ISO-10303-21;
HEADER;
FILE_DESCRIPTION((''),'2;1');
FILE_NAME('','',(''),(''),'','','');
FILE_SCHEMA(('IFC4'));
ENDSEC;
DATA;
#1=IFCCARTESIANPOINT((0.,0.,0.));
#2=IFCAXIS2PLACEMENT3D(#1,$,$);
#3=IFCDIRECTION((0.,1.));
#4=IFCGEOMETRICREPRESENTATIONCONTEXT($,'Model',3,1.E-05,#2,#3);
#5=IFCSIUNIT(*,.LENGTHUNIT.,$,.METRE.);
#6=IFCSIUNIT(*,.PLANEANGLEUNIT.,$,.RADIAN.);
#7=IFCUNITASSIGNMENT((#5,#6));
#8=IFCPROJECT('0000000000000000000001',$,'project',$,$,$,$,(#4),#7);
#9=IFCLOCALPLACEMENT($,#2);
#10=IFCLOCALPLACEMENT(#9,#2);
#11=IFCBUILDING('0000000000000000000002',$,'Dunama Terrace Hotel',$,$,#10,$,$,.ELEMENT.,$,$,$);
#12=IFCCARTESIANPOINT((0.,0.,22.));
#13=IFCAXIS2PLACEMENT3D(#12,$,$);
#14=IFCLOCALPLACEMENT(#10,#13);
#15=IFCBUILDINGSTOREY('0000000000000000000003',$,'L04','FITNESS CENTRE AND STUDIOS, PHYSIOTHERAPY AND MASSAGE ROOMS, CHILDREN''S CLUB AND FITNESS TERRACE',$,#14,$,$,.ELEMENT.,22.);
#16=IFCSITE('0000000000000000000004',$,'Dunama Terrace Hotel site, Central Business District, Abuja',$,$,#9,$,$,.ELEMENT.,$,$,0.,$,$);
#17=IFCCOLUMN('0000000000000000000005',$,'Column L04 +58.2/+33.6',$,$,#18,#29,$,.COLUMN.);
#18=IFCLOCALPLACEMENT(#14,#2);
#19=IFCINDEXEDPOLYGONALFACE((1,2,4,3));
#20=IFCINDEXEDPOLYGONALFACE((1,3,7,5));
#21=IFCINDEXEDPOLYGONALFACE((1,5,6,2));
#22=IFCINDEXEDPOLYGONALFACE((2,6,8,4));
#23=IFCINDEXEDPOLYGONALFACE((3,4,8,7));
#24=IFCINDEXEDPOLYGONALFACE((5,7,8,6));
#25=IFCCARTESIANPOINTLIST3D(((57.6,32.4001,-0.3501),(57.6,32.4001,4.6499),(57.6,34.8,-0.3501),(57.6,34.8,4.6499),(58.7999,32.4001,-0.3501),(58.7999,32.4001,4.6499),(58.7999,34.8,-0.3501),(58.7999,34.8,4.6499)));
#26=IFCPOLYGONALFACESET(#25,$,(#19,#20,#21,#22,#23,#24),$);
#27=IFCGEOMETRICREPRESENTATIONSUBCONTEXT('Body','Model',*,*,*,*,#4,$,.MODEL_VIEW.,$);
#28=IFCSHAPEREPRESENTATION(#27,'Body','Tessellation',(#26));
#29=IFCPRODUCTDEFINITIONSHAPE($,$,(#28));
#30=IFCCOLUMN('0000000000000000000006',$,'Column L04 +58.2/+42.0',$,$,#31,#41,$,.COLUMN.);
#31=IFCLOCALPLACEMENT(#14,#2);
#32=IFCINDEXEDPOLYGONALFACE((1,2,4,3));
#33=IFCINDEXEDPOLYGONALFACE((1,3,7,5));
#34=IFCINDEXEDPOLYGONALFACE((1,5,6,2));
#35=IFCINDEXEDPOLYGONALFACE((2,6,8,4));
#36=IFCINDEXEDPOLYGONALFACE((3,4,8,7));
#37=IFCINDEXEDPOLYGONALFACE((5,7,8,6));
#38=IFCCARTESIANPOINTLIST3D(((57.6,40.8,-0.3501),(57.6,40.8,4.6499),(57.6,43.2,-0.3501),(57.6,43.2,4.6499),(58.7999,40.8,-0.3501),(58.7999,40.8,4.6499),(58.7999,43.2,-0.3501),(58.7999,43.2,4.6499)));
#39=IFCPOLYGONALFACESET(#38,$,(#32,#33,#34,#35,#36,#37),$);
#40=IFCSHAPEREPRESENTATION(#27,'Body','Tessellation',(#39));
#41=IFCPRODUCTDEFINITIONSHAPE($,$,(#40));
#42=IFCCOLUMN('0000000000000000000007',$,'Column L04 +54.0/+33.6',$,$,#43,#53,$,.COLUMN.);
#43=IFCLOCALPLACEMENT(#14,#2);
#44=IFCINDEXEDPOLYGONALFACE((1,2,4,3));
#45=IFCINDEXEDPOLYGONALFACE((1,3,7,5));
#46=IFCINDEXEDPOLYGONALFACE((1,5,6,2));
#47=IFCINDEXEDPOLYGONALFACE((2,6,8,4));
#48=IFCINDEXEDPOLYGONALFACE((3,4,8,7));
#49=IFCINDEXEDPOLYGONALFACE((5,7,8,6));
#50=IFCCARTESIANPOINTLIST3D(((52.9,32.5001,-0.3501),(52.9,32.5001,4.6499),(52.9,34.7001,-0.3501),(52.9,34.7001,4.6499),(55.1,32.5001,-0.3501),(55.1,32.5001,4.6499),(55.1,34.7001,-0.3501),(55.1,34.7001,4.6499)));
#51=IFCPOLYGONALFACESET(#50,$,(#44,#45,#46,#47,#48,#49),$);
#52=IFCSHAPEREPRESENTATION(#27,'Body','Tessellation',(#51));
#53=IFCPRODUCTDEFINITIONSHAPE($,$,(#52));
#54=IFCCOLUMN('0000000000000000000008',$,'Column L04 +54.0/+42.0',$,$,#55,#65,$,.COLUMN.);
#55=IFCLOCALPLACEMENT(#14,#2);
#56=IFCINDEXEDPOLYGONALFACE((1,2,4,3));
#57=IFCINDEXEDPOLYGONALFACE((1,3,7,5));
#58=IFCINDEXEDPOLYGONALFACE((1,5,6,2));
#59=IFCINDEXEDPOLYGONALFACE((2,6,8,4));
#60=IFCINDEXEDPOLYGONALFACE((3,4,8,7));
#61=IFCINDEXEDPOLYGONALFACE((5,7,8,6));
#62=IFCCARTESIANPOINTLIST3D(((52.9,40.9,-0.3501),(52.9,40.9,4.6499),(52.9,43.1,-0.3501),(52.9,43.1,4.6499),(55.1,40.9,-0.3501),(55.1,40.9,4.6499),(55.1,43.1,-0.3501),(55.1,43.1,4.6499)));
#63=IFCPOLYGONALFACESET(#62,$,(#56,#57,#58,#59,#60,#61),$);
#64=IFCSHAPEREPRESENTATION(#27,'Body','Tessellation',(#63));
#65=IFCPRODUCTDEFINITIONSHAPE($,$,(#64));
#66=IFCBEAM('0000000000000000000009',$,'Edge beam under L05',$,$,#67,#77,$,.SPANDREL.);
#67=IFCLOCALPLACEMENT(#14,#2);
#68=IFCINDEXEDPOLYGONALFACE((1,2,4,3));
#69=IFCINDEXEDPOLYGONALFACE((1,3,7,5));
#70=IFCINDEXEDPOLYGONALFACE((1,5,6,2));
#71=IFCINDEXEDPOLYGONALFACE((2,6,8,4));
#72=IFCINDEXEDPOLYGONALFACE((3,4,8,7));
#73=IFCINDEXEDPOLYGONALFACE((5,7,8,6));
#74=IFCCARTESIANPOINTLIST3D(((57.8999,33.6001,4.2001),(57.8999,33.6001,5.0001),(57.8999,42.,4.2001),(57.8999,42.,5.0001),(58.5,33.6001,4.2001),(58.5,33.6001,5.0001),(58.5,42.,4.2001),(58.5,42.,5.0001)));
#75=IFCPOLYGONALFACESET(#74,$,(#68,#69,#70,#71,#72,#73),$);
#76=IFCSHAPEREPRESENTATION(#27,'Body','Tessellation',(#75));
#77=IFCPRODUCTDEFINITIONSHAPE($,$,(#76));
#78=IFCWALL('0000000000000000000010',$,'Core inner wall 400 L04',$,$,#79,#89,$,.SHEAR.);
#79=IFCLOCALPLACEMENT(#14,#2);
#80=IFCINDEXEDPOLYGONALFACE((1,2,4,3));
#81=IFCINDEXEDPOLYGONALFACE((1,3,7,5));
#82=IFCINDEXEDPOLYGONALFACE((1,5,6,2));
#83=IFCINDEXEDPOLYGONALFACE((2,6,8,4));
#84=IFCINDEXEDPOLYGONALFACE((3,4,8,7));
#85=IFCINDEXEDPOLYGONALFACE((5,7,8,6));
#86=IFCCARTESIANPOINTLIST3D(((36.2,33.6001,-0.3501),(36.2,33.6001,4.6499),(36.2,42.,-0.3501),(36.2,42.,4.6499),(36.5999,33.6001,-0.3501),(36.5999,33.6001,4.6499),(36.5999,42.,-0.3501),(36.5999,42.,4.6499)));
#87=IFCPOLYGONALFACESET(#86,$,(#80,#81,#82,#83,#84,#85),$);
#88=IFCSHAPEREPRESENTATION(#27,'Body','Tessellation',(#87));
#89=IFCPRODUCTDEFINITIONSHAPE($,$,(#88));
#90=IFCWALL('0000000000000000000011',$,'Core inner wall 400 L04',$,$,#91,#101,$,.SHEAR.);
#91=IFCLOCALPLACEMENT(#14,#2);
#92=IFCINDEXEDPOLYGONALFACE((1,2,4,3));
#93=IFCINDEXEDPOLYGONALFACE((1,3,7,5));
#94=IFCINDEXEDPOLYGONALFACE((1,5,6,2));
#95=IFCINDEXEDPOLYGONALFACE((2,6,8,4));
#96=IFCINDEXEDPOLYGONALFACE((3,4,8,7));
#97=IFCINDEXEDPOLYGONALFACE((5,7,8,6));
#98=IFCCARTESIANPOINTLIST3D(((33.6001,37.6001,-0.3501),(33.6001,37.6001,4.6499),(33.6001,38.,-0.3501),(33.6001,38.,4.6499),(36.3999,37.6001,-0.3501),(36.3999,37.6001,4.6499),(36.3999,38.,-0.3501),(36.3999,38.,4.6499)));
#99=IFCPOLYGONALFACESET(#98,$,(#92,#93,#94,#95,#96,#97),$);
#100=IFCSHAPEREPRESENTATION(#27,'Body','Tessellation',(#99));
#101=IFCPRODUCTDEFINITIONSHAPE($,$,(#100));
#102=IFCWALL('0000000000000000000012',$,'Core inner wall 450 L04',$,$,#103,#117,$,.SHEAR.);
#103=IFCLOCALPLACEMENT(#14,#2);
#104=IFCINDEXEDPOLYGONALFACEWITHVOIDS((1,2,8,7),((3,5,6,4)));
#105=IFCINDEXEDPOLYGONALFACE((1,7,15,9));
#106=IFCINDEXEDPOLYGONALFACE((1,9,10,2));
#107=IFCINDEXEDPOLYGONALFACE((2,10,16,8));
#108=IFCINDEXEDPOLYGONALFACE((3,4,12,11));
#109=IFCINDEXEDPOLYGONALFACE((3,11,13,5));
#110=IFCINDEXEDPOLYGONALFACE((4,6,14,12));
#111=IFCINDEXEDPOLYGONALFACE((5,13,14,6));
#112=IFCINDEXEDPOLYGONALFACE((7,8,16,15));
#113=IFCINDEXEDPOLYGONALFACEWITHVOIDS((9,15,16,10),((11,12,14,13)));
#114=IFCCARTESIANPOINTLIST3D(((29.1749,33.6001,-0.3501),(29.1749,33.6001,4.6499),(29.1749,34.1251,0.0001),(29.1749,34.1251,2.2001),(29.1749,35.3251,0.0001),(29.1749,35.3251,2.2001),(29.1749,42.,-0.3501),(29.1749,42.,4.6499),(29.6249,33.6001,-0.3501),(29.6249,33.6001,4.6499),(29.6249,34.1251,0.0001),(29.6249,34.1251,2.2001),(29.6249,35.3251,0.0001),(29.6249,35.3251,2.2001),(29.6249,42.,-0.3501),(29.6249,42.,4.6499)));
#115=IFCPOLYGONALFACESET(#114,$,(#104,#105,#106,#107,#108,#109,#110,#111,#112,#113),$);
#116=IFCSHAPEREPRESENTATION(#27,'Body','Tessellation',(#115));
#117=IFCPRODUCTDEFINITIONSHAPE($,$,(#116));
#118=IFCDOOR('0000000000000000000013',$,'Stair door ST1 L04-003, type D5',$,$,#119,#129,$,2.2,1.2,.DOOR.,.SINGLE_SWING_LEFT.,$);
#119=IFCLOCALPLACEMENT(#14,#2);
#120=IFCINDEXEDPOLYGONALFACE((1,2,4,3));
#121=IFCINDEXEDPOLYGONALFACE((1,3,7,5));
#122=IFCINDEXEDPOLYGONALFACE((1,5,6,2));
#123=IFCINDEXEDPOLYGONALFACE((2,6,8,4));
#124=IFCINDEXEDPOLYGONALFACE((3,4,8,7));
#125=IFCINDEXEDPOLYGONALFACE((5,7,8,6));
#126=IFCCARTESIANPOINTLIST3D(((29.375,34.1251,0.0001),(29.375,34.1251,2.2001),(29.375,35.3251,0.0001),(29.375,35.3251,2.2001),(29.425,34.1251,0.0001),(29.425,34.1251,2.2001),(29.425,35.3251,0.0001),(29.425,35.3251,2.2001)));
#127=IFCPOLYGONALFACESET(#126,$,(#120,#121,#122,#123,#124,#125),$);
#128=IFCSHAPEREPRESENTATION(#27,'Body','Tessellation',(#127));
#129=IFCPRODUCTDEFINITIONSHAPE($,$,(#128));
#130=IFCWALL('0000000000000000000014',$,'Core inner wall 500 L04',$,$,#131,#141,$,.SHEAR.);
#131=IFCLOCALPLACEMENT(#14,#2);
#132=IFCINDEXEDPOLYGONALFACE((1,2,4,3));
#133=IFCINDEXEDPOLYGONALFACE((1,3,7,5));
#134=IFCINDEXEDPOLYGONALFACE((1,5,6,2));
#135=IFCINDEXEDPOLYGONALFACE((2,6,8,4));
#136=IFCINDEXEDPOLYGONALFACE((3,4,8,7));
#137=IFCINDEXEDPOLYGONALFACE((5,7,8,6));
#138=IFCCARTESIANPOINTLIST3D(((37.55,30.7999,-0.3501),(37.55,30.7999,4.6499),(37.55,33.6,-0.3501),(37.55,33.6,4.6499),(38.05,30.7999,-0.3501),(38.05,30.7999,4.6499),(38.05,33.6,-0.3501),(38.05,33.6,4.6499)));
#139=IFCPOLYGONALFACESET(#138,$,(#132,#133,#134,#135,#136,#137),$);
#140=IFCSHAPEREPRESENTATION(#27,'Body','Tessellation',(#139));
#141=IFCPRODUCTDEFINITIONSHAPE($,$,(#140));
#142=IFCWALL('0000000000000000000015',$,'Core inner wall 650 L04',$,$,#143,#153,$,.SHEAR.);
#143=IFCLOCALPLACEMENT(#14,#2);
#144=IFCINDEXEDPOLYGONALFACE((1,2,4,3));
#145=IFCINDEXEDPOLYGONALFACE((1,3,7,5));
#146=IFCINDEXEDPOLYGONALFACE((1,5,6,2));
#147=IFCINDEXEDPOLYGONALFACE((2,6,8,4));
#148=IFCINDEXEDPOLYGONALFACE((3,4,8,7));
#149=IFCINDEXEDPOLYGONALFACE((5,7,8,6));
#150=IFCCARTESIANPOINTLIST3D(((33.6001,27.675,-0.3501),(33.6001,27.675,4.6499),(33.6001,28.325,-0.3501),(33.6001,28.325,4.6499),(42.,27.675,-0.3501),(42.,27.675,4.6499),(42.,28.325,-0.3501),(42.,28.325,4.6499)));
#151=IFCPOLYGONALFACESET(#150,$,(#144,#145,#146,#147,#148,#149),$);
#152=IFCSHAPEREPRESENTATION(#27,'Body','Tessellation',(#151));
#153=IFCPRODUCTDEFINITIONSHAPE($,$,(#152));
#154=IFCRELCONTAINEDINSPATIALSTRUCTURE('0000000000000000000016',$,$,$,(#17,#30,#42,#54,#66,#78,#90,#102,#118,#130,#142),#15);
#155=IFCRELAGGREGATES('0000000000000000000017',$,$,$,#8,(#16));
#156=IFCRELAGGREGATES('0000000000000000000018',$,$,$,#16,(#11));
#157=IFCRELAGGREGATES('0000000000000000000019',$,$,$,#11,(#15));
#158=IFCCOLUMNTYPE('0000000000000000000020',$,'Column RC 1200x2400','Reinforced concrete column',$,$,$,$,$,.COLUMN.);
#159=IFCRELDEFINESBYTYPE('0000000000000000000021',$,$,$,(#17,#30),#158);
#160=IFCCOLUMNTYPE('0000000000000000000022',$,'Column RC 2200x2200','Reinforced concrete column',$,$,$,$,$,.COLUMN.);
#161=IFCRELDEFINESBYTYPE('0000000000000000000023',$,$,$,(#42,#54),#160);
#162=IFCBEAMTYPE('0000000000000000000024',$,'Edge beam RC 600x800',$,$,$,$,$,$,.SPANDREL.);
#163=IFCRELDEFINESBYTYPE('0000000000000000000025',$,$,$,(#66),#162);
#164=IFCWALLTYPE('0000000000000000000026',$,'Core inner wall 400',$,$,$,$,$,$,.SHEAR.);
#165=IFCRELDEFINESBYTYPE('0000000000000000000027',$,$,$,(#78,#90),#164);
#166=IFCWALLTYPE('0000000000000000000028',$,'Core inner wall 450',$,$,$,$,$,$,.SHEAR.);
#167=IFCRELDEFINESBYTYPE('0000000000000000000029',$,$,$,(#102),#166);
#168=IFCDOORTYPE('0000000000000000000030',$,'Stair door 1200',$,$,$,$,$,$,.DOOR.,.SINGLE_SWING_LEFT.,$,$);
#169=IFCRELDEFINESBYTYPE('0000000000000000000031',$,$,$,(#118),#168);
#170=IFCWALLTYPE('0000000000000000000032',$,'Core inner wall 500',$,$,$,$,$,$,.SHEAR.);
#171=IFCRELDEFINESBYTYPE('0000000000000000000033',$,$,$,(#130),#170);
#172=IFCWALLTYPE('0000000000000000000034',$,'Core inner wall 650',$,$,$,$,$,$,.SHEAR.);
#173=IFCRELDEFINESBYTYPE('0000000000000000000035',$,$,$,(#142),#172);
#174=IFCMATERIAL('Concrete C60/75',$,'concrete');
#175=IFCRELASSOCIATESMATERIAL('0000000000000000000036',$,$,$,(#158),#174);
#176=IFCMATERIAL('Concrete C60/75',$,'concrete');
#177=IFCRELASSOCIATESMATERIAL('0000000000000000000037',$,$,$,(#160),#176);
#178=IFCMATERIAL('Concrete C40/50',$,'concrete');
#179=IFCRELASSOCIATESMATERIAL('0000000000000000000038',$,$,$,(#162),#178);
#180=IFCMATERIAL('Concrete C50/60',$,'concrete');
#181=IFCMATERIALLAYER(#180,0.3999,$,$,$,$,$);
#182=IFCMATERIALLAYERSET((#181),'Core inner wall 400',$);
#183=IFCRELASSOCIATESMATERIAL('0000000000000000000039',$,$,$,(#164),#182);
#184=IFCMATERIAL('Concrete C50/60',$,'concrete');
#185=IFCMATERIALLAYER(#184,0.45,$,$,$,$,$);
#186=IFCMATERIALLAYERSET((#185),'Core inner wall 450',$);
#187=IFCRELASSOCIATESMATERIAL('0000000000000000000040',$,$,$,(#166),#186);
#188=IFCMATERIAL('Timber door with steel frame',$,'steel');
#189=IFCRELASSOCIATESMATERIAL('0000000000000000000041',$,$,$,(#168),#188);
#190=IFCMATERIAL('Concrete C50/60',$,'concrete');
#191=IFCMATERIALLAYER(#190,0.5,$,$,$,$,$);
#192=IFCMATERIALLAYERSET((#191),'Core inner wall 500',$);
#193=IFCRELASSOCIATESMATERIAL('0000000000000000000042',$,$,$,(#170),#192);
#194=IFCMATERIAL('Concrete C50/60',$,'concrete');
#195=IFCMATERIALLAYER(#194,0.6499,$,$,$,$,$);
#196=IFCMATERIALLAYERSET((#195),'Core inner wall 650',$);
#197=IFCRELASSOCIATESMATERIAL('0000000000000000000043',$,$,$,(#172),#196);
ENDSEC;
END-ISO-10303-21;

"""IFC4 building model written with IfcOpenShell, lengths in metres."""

from ifc_helpers import new_model, si_unit, direction, frame, frame_2d, origin, origin_2d, place, context, subcontext, project, spatial, rectangle, extrude, material, layer, layer_set, material_profile, profile_set, type_object, element, fill, save


model = new_model("IFC4")

# Units and contexts
model_context = context("Model", 3, precision=1e-05, world=origin(), true_north=direction((0.0, 1.0)))
body_context = subcontext(model_context, "Body", "Model", "MODEL_VIEW")
ifc_project = project(units=[si_unit("LENGTHUNIT", "METRE"), si_unit("PLANEANGLEUNIT", "RADIAN")], contexts=[model_context])

# Site, building, storey
site_placement = place(None, origin())
site = spatial("IfcSite", under=ifc_project, at=site_placement, Name="Dunama Terrace Hotel site, Central Business District, Abuja", CompositionType="ELEMENT", RefElevation=0.0)
building_placement = place(site_placement, origin())
building = spatial("IfcBuilding", under=site, at=building_placement, Name="Dunama Terrace Hotel", CompositionType="ELEMENT")
storey_placement = place(building_placement, frame((0.0, 0.0, 22.0)))
storey = spatial("IfcBuildingStorey", under=building, at=storey_placement, Name="L04", Description="FITNESS CENTRE AND STUDIOS, PHYSIOTHERAPY AND MASSAGE ROOMS, CHILDREN'S CLUB AND FITNESS TERRACE", CompositionType="ELEMENT", Elevation=22.0)

# Columns
ifc_material_1 = material(Name="Concrete C60/75", Category="concrete")
ifc_material_profile_1 = material_profile(ifc_material_1, rectangle(XDim=1.2, YDim=2.3999, at=origin_2d()), Name="RC 1200x2400")
ifc_profile_set_1 = profile_set([ifc_material_profile_1], Name="Concrete C60/75")
column_type_1 = type_object("IfcColumnType", Name="Column RC 1200x2400", Description="Reinforced concrete column", PredefinedType="COLUMN", material=ifc_profile_set_1)
for number, where, z_axis, x_axis, name in (
    (1, (58.2, 33.6001, -0.3501), (0.0, 0.0, 1.0), (1.0, 0.0, 0.0), "Column L04 +58.2/+33.6"),
    (2, (58.2, 42.0, -0.3501), (0.0, 0.0, 1.0), (1.0, 0.0, 0.0), "Column L04 +58.2/+42.0"),
):
    element("IfcColumn", number, at=place(storey_placement, frame(where, z_axis=z_axis, x_axis=x_axis)), inside=storey, type_object=column_type_1, Name=name, PredefinedType="COLUMN", context=body_context, shape_type="SweptSolid", body=[
        extrude(rectangle(XDim=1.2, YDim=2.3999, at=origin_2d()), origin(), (0.0, 0.0, 1.0), 5.0),
    ])
ifc_material_2 = material(Name="Concrete C60/75", Category="concrete")
ifc_material_profile_2 = material_profile(ifc_material_2, rectangle(XDim=2.2, YDim=2.2, at=origin_2d()), Name="RC 2200x2200")
ifc_profile_set_2 = profile_set([ifc_material_profile_2], Name="Concrete C60/75")
column_type_2 = type_object("IfcColumnType", Name="Column RC 2200x2200", Description="Reinforced concrete column", PredefinedType="COLUMN", material=ifc_profile_set_2)
for number, where, z_axis, x_axis, name in (
    (3, (54.0, 33.6001, -0.3501), (0.0, 0.0, 1.0), (1.0, 0.0, 0.0), "Column L04 +54.0/+33.6"),
    (4, (54.0, 42.0, -0.3501), (0.0, 0.0, 1.0), (1.0, 0.0, 0.0), "Column L04 +54.0/+42.0"),
):
    element("IfcColumn", number, at=place(storey_placement, frame(where, z_axis=z_axis, x_axis=x_axis)), inside=storey, type_object=column_type_2, Name=name, PredefinedType="COLUMN", context=body_context, shape_type="SweptSolid", body=[
        extrude(rectangle(XDim=2.2, YDim=2.2, at=origin_2d()), origin(), (0.0, 0.0, 1.0), 5.0),
    ])

# Beam
ifc_material_3 = material(Name="Concrete C40/50", Category="concrete")
ifc_material_profile_3 = material_profile(ifc_material_3, rectangle(XDim=0.6001, YDim=0.8, at=origin_2d()), Name="RC 600x800")
ifc_profile_set_3 = profile_set([ifc_material_profile_3], Name="Concrete C40/50")
beam_type = type_object("IfcBeamType", Name="Edge beam RC 600x800", PredefinedType="SPANDREL", material=ifc_profile_set_3)
beam_placement = place(storey_placement, frame((58.2, 33.6001, 4.6001), z_axis=(0.0, 1.0, 0.0), x_axis=(-1.0, 0.0, 0.0)))
element("IfcBeam", 5, at=beam_placement, inside=storey, type_object=beam_type, Name="Edge beam under L05", PredefinedType="SPANDREL", context=body_context, shape_type="SweptSolid", body=[
    extrude(rectangle(XDim=0.6001, YDim=0.8, at=origin_2d()), origin(), (0.0, 0.0, 1.0), 8.3999),
])

# Walls
ifc_material_4 = material(Name="Concrete C50/60", Category="concrete")
ifc_layer_1 = layer(ifc_material_4, 0.3999)
ifc_layer_set_1 = layer_set([ifc_layer_1], Name="Core inner wall 400")
wall_type_1 = type_object("IfcWallType", Name="Core inner wall 400", PredefinedType="SHEAR", material=ifc_layer_set_1)
wall_1_placement = place(storey_placement, frame((36.3999, 33.6001, -0.3501), z_axis=(0.0, 0.0, 1.0), x_axis=(0.0, 1.0, 0.0)))
element("IfcWall", 6, at=wall_1_placement, inside=storey, type_object=wall_type_1, Name="Core inner wall 400 L04", PredefinedType="SHEAR", context=body_context, shape_type="SweptSolid", body=[
    extrude(rectangle(XDim=8.3999, YDim=0.3999, at=frame_2d((4.2, 0.0))), origin(), (0.0, 0.0, 1.0), 5.0),
])
wall_2_placement = place(storey_placement, frame((33.6001, 37.8, -0.3501), z_axis=(0.0, 0.0, 1.0), x_axis=(1.0, 0.0, 0.0)))
element("IfcWall", 7, at=wall_2_placement, inside=storey, type_object=wall_type_1, Name="Core inner wall 400 L04", PredefinedType="SHEAR", context=body_context, shape_type="SweptSolid", body=[
    extrude(rectangle(XDim=2.7998, YDim=0.3999, at=frame_2d((1.3999, 0.0))), origin(), (0.0, 0.0, 1.0), 5.0),
])

# Wall, opening, door
ifc_material_5 = material(Name="Concrete C50/60", Category="concrete")
ifc_layer_2 = layer(ifc_material_5, 0.45)
ifc_layer_set_2 = layer_set([ifc_layer_2], Name="Core inner wall 450")
wall_type_2 = type_object("IfcWallType", Name="Core inner wall 450", PredefinedType="SHEAR", material=ifc_layer_set_2)
wall_3_placement = place(storey_placement, frame((29.3999, 33.6001, -0.3501), z_axis=(0.0, 0.0, 1.0), x_axis=(0.0, 1.0, 0.0)))
wall_3 = element("IfcWall", 8, at=wall_3_placement, inside=storey, type_object=wall_type_2, Name="Core inner wall 450 L04", PredefinedType="SHEAR", context=body_context, shape_type="SweptSolid", body=[
    extrude(rectangle(XDim=8.3999, YDim=0.45, at=frame_2d((4.2, 0.0))), origin(), (0.0, 0.0, 1.0), 5.0),
])
opening_1_placement = place(wall_3_placement, frame((0.5249, 0.0, 0.3501)))
opening_1 = element("IfcOpeningElement", 9, at=opening_1_placement, cuts=wall_3, PredefinedType="OPENING", context=body_context, shape_type="SweptSolid", body=[
    extrude(rectangle(XDim=1.2, YDim=2.2, at=frame_2d((0.6001, 1.1001))), frame((0.0, 0.2349, 0.0), z_axis=(0.0, -1.0, 0.0), x_axis=(1.0, 0.0, 0.0)), (0.0, 0.0, 1.0), 0.47),
])
ifc_material_6 = material(Name="Timber door with steel frame", Category="steel")
door_type_1 = type_object("IfcDoorType", Name="Stair door 1200", OperationType="SINGLE_SWING_LEFT", PredefinedType="DOOR", material=ifc_material_6)
door_1_placement = place(opening_1_placement, origin())
door_1 = element("IfcDoor", 10, at=door_1_placement, inside=storey, type_object=door_type_1, Name="Stair door ST1 L04-003, type D5", OperationType="SINGLE_SWING_LEFT", OverallHeight=2.2, OverallWidth=1.2, PredefinedType="DOOR", context=body_context, shape_type="SweptSolid", body=[
    extrude(rectangle(XDim=1.2, YDim=2.2, at=frame_2d((0.6001, 1.1001))), frame((0.0, 0.0249, 0.0), z_axis=(0.0, -1.0, 0.0), x_axis=(1.0, 0.0, 0.0)), (0.0, 0.0, 1.0), 0.05),
])
fill(opening_1, door_1)

# Walls
ifc_material_7 = material(Name="Concrete C50/60", Category="concrete")
ifc_layer_3 = layer(ifc_material_7, 0.5)
ifc_layer_set_3 = layer_set([ifc_layer_3], Name="Core inner wall 500")
wall_type_3 = type_object("IfcWallType", Name="Core inner wall 500", PredefinedType="SHEAR", material=ifc_layer_set_3)
wall_4_placement = place(storey_placement, frame((37.8, 30.8, -0.3501), z_axis=(0.0, 0.0, 1.0), x_axis=(0.0, 1.0, 0.0)))
element("IfcWall", 11, at=wall_4_placement, inside=storey, type_object=wall_type_3, Name="Core inner wall 500 L04", PredefinedType="SHEAR", context=body_context, shape_type="SweptSolid", body=[
    extrude(rectangle(XDim=2.8, YDim=0.5, at=frame_2d((1.3999, 0.0))), origin(), (0.0, 0.0, 1.0), 5.0),
])
ifc_material_8 = material(Name="Concrete C50/60", Category="concrete")
ifc_layer_4 = layer(ifc_material_8, 0.6499)
ifc_layer_set_4 = layer_set([ifc_layer_4], Name="Core inner wall 650")
wall_type_4 = type_object("IfcWallType", Name="Core inner wall 650", PredefinedType="SHEAR", material=ifc_layer_set_4)
wall_5_placement = place(storey_placement, frame((33.6001, 28.0, -0.3501), z_axis=(0.0, 0.0, 1.0), x_axis=(1.0, 0.0, 0.0)))
element("IfcWall", 12, at=wall_5_placement, inside=storey, type_object=wall_type_4, Name="Core inner wall 650 L04", PredefinedType="SHEAR", context=body_context, shape_type="SweptSolid", body=[
    extrude(rectangle(XDim=8.3999, YDim=0.6499, at=frame_2d((4.2, 0.0))), origin(), (0.0, 0.0, 1.0), 5.0),
])

save(model, "model.ifc")
